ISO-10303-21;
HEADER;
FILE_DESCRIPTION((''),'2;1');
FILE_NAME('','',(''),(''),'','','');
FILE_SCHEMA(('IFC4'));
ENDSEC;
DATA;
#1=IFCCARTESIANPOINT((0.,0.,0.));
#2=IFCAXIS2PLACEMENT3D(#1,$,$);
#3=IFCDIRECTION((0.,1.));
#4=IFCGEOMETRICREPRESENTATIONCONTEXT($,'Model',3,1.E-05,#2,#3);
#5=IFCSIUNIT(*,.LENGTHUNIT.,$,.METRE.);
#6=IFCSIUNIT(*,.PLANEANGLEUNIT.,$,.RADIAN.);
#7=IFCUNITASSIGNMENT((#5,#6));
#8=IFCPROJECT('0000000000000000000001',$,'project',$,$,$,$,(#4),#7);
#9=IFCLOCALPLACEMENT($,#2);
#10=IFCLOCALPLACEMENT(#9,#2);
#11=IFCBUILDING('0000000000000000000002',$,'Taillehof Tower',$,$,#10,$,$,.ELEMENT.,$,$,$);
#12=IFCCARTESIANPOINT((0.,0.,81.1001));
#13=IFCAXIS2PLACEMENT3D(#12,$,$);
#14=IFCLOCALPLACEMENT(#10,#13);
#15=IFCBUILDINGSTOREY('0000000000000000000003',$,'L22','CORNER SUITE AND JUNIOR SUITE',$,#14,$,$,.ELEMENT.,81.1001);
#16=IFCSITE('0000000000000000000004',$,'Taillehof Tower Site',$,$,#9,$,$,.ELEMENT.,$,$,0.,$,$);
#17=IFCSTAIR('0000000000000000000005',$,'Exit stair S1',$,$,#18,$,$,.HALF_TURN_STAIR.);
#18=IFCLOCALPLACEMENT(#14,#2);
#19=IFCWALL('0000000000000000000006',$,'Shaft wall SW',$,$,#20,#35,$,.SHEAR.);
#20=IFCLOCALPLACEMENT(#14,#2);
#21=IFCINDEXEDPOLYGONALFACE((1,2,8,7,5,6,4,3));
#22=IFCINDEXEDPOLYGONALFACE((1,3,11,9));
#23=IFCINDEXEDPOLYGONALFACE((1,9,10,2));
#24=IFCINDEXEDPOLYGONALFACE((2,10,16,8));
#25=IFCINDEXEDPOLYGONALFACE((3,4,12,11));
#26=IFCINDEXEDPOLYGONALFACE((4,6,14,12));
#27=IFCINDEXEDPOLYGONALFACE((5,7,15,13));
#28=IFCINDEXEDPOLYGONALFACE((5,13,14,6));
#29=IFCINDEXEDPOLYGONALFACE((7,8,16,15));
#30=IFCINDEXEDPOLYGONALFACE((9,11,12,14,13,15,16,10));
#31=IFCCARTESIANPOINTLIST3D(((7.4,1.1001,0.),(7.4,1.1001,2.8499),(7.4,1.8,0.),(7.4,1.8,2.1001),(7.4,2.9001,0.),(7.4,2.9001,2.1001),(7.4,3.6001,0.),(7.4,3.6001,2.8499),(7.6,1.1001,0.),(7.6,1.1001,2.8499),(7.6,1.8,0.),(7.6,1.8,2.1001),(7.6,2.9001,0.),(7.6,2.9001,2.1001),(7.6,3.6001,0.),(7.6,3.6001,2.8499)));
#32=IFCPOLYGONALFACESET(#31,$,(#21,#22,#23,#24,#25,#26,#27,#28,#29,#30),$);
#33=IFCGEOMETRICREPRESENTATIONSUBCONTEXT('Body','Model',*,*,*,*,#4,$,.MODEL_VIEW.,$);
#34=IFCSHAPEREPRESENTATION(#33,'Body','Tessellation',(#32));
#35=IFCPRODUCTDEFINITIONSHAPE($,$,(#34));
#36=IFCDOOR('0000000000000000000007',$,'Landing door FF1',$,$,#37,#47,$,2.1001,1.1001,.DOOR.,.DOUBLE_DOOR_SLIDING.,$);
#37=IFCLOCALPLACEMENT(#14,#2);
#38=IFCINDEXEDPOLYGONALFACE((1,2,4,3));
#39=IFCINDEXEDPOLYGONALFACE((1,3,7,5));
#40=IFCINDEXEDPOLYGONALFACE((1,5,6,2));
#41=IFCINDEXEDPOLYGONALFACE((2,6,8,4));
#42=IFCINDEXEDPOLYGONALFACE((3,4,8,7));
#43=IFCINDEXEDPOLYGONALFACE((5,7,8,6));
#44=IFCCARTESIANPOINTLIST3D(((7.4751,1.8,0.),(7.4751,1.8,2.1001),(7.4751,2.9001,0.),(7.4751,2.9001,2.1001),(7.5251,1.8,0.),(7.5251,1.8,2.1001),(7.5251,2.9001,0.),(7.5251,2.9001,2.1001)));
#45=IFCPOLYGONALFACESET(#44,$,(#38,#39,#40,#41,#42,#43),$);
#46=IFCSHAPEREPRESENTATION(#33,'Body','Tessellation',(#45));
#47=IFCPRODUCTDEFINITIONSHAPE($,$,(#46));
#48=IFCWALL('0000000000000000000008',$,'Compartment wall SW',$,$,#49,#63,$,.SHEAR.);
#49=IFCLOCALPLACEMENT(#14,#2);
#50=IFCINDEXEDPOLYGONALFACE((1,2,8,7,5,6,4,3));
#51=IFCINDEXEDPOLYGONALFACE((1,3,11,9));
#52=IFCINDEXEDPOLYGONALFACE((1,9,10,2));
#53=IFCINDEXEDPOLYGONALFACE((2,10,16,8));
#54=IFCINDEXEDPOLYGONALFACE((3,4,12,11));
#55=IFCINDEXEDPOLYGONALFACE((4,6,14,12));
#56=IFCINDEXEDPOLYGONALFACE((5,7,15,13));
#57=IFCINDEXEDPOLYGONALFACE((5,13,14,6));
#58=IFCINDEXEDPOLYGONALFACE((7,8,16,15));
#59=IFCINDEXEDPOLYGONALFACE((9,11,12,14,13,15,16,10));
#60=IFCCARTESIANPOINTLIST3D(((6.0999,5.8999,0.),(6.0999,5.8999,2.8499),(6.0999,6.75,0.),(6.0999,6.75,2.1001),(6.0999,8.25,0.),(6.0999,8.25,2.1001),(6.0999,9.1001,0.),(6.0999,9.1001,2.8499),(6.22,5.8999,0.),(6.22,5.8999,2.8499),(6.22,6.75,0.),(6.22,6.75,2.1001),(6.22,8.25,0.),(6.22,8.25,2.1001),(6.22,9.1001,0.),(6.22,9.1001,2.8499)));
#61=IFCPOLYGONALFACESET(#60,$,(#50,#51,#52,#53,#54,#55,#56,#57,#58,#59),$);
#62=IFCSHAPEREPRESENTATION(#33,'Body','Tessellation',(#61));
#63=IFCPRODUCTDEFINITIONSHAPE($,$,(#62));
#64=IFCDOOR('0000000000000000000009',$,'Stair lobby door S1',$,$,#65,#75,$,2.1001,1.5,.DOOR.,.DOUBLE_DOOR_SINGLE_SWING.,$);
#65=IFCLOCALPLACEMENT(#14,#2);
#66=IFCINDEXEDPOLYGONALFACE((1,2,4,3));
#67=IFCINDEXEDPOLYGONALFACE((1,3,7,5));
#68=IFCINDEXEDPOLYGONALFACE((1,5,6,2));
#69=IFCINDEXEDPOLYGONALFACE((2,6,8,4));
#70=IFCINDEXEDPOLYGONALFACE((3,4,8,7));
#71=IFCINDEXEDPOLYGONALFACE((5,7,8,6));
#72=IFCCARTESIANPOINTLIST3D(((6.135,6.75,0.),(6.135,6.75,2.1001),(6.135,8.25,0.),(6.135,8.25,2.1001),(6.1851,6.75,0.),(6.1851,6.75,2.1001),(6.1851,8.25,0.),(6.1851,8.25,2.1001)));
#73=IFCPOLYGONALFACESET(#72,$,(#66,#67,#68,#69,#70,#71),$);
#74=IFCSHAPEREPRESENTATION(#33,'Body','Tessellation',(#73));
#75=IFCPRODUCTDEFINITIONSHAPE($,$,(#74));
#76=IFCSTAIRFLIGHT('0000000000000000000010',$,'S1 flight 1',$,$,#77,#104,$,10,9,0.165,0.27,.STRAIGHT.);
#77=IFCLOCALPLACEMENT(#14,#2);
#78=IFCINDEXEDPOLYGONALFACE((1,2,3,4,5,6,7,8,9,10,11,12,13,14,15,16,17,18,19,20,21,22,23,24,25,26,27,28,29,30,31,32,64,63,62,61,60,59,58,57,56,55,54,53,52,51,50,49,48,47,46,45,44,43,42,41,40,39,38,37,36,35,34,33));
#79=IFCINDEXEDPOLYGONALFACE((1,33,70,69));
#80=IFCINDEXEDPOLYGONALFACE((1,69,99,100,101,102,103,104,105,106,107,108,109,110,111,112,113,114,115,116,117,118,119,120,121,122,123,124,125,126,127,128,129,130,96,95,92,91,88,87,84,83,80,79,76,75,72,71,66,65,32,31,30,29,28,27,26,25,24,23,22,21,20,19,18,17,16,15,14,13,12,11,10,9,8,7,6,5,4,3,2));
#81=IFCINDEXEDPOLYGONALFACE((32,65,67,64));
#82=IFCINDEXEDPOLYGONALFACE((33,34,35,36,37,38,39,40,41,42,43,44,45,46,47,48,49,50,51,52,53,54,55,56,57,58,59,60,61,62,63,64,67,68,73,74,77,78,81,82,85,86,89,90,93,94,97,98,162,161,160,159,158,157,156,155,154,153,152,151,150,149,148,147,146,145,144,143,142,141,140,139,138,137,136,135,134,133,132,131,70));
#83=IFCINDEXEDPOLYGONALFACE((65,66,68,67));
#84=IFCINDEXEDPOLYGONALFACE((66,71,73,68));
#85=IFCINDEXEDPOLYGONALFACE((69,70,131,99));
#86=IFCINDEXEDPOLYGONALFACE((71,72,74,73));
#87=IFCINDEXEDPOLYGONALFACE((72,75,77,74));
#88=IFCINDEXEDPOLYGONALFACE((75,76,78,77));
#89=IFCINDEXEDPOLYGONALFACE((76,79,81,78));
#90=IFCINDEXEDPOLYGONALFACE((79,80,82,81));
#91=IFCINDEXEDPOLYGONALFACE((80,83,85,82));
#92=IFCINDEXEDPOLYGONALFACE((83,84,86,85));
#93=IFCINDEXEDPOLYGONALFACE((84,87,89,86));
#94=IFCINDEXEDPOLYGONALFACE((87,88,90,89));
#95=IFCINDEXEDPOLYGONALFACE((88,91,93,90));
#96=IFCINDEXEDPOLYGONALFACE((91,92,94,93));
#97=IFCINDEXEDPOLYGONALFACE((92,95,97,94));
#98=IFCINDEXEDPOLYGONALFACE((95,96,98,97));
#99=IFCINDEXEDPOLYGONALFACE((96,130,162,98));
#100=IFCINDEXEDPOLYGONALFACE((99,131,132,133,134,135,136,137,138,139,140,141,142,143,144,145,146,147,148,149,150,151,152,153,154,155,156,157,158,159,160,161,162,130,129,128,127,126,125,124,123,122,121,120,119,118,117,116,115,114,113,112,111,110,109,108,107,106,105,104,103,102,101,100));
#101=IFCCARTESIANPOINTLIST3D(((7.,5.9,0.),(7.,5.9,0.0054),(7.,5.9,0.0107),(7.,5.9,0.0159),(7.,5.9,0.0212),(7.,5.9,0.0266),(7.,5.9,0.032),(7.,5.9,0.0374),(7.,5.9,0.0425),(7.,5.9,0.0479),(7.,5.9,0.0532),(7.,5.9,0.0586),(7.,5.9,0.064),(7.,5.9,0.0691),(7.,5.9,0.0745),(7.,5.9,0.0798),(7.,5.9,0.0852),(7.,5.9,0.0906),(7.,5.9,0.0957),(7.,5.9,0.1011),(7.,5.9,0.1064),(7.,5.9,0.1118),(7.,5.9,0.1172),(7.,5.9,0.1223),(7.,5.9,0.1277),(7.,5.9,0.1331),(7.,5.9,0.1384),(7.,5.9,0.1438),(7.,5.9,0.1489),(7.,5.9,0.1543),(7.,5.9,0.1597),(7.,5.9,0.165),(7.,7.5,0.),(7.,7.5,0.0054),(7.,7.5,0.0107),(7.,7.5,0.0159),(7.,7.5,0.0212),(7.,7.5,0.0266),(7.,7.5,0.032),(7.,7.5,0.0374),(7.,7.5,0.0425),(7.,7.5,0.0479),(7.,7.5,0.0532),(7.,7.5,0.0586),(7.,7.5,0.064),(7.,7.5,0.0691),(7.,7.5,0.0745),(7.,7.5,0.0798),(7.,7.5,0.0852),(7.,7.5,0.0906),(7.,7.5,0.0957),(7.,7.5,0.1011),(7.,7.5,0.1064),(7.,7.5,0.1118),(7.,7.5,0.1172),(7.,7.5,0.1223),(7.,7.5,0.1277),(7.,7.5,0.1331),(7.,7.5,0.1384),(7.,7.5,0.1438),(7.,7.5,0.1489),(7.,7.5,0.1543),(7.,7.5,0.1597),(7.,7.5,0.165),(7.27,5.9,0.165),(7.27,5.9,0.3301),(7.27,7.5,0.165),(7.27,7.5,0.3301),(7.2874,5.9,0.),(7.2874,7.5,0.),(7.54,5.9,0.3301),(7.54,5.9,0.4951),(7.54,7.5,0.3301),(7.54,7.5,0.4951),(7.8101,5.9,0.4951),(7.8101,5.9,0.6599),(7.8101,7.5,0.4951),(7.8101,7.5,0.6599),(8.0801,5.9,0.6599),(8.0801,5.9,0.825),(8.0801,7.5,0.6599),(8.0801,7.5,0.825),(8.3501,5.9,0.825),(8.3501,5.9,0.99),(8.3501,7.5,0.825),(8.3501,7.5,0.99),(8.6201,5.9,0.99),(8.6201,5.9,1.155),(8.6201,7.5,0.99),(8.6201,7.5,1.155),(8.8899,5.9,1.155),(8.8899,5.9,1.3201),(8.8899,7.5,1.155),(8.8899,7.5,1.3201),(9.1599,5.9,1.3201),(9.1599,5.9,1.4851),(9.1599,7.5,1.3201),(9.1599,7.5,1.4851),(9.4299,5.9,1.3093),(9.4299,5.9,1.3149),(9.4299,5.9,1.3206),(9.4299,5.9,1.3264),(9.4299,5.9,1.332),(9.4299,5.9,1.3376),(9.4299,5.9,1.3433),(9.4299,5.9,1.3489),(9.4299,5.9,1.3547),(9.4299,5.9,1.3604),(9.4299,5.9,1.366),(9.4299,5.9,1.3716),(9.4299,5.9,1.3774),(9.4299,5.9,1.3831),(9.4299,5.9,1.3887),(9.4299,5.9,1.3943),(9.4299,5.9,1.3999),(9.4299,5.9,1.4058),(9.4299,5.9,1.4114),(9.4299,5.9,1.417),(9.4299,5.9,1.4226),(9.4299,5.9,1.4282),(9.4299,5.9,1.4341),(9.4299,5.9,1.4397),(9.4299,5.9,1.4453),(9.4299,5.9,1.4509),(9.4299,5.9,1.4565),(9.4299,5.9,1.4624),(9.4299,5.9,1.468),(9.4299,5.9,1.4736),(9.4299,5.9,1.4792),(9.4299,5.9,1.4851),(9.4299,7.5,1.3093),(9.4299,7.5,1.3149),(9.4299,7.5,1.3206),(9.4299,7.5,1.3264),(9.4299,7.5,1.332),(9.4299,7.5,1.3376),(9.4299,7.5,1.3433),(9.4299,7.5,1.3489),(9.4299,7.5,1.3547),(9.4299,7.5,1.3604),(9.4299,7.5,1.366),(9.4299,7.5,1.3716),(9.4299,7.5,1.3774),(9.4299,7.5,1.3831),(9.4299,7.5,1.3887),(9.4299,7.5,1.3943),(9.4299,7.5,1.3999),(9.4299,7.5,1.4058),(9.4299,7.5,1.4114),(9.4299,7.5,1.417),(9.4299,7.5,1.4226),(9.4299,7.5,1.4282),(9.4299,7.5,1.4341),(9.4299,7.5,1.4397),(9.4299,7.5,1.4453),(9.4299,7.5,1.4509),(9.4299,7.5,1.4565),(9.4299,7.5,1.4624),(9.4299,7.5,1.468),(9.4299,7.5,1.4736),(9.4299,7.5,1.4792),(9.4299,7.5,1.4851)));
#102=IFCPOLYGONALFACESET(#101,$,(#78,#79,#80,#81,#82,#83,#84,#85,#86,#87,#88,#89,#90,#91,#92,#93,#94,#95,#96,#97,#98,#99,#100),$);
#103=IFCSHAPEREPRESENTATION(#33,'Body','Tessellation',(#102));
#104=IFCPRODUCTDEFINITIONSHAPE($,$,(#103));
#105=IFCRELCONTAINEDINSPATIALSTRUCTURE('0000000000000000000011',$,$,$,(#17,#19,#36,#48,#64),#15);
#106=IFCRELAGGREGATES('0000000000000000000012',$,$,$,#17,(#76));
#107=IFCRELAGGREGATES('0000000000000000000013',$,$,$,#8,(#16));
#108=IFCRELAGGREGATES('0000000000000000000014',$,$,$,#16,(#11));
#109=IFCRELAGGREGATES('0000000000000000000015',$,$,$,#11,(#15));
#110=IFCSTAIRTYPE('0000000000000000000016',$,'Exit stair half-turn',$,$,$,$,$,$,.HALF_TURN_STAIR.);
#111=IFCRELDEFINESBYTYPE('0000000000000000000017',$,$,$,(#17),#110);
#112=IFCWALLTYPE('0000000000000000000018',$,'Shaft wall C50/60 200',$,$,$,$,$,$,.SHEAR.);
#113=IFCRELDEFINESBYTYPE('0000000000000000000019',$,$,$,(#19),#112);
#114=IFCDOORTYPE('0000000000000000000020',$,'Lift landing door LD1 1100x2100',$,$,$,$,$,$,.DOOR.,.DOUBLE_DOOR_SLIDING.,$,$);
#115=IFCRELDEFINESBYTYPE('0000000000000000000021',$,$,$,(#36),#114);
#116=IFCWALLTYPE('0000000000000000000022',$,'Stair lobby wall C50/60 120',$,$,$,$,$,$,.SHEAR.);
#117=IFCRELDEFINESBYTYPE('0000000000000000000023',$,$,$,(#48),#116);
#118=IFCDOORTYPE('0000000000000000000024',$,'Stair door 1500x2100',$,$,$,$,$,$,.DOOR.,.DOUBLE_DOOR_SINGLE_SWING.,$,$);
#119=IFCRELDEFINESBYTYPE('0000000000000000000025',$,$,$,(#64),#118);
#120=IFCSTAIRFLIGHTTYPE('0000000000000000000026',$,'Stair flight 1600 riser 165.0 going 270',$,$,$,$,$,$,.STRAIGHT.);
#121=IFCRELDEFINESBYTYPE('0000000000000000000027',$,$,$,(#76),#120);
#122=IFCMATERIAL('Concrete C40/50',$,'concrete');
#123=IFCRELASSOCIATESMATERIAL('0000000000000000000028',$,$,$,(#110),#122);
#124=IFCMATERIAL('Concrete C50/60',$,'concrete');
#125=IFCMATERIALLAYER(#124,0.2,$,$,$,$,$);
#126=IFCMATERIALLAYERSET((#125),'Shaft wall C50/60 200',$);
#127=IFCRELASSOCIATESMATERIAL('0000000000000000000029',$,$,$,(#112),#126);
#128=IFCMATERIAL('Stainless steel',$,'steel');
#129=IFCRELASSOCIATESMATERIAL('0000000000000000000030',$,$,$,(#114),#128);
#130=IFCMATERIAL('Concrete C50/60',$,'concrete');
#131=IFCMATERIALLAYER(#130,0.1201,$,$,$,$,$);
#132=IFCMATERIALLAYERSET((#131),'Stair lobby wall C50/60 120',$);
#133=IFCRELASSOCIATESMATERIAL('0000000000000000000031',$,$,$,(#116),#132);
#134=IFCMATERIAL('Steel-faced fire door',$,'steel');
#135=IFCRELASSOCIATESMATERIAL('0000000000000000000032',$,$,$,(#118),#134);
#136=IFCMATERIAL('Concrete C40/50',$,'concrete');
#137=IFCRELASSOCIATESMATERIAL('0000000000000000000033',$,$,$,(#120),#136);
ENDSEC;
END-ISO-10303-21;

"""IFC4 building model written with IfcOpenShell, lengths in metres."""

from ifc_helpers import new_model, si_unit, direction, frame, frame_2d, origin, place, context, subcontext, project, spatial, polyline, rectangle, outline, extrude, material, layer, layer_set, type_object, element, fill, aggregate, save


model = new_model("IFC4")

# Units and contexts
model_context = context("Model", 3, precision=1e-05, world=origin(), true_north=direction((0.0, 1.0)))
body_context = subcontext(model_context, "Body", "Model", "MODEL_VIEW")
ifc_project = project(units=[si_unit("LENGTHUNIT", "METRE"), si_unit("PLANEANGLEUNIT", "RADIAN")], contexts=[model_context])

# Site, building, storey
site_placement = place(None, origin())
site = spatial("IfcSite", under=ifc_project, at=site_placement, Name="Taillehof Tower Site", CompositionType="ELEMENT", RefElevation=0.0)
building_placement = place(site_placement, origin())
building = spatial("IfcBuilding", under=site, at=building_placement, Name="Taillehof Tower", CompositionType="ELEMENT")
storey_placement = place(building_placement, frame((0.0, 0.0, 81.1001)))
storey = spatial("IfcBuildingStorey", under=building, at=storey_placement, Name="L22", Description="CORNER SUITE AND JUNIOR SUITE", CompositionType="ELEMENT", Elevation=81.1001)

# Stair
ifc_material_1 = material(Name="Concrete C40/50", Category="concrete")
stair_type = type_object("IfcStairType", Name="Exit stair half-turn", PredefinedType="HALF_TURN_STAIR", material=ifc_material_1)
stair_1_placement = place(storey_placement, origin())
stair_1 = element("IfcStair", 1, at=stair_1_placement, inside=storey, type_object=stair_type, Name="Exit stair S1", PredefinedType="HALF_TURN_STAIR")

# Shared definitions
ifc_material_2 = material(Name="Concrete C50/60", Category="concrete")
ifc_layer_1 = layer(ifc_material_2, 0.2)
ifc_layer_set_1 = layer_set([ifc_layer_1], Name="Shaft wall C50/60 200")
wall_type_1 = type_object("IfcWallType", Name="Shaft wall C50/60 200", PredefinedType="SHEAR", material=ifc_layer_set_1)
ifc_material_3 = material(Name="Stainless steel", Category="steel")
door_type_1 = type_object("IfcDoorType", Name="Lift landing door LD1 1100x2100", OperationType="DOUBLE_DOOR_SLIDING", PredefinedType="DOOR", material=ifc_material_3)

# Walls, openings, doors
wall_1_placement = place(storey_placement, frame((7.5, 1.1001, 0.0), z_axis=(0.0, 0.0, 1.0), x_axis=(0.0, 1.0, 0.0)))
wall_1 = element("IfcWall", 2, at=wall_1_placement, inside=storey, type_object=wall_type_1, Name="Shaft wall SW", PredefinedType="SHEAR", context=body_context, shape_type="SweptSolid", body=[
    extrude(rectangle(XDim=2.5, YDim=0.2, at=frame_2d((1.25, 0.0))), origin(), (0.0, 0.0, 1.0), 2.8499),
])
opening_1_placement = place(wall_1_placement, frame((0.7, 0.0, 0.0)))
opening_1 = element("IfcOpeningElement", 3, at=opening_1_placement, cuts=wall_1, PredefinedType="OPENING", context=body_context, shape_type="SweptSolid", body=[
    extrude(rectangle(XDim=1.1001, YDim=2.1001, at=frame_2d((0.55, 1.05))), frame((0.0, 0.1099, 0.0), z_axis=(0.0, -1.0, 0.0), x_axis=(1.0, 0.0, 0.0)), (0.0, 0.0, 1.0), 0.22),
])
door_1_placement = place(opening_1_placement, origin())
door_1 = element("IfcDoor", 4, at=door_1_placement, inside=storey, type_object=door_type_1, Name="Landing door FF1", OperationType="DOUBLE_DOOR_SLIDING", OverallHeight=2.1001, OverallWidth=1.1001, PredefinedType="DOOR", context=body_context, shape_type="SweptSolid", body=[
    extrude(rectangle(XDim=1.1001, YDim=2.1001, at=frame_2d((0.55, 1.05))), frame((0.0, 0.0249, 0.0), z_axis=(0.0, -1.0, 0.0), x_axis=(1.0, 0.0, 0.0)), (0.0, 0.0, 1.0), 0.05),
])
fill(opening_1, door_1)
ifc_material_4 = material(Name="Concrete C50/60", Category="concrete")
ifc_layer_2 = layer(ifc_material_4, 0.1201)
ifc_layer_set_2 = layer_set([ifc_layer_2], Name="Stair lobby wall C50/60 120")
wall_type_2 = type_object("IfcWallType", Name="Stair lobby wall C50/60 120", PredefinedType="SHEAR", material=ifc_layer_set_2)
wall_2_placement = place(storey_placement, frame((6.1599, 5.8999, 0.0), z_axis=(0.0, 0.0, 1.0), x_axis=(0.0, 1.0, 0.0)))
wall_2 = element("IfcWall", 5, at=wall_2_placement, inside=storey, type_object=wall_type_2, Name="Compartment wall SW", PredefinedType="SHEAR", context=body_context, shape_type="SweptSolid", body=[
    extrude(rectangle(XDim=3.2002, YDim=0.1201, at=frame_2d((1.6001, 0.0))), origin(), (0.0, 0.0, 1.0), 2.8499),
])
opening_2_placement = place(wall_2_placement, frame((0.8501, 0.0, 0.0)))
opening_2 = element("IfcOpeningElement", 6, at=opening_2_placement, cuts=wall_2, PredefinedType="OPENING", context=body_context, shape_type="SweptSolid", body=[
    extrude(rectangle(XDim=1.5, YDim=2.1001, at=frame_2d((0.75, 1.05))), frame((0.0, 0.0701, 0.0), z_axis=(0.0, -1.0, 0.0), x_axis=(1.0, 0.0, 0.0)), (0.0, 0.0, 1.0), 0.1401),
])
ifc_material_5 = material(Name="Steel-faced fire door", Category="steel")
door_type_2 = type_object("IfcDoorType", Name="Stair door 1500x2100", OperationType="DOUBLE_DOOR_SINGLE_SWING", PredefinedType="DOOR", material=ifc_material_5)
door_2_placement = place(opening_2_placement, origin())
door_2 = element("IfcDoor", 7, at=door_2_placement, inside=storey, type_object=door_type_2, Name="Stair lobby door S1", OperationType="DOUBLE_DOOR_SINGLE_SWING", OverallHeight=2.1001, OverallWidth=1.5, PredefinedType="DOOR", context=body_context, shape_type="SweptSolid", body=[
    extrude(rectangle(XDim=1.5, YDim=2.1001, at=frame_2d((0.75, 1.05))), frame((0.0, 0.0249, 0.0), z_axis=(0.0, -1.0, 0.0), x_axis=(1.0, 0.0, 0.0)), (0.0, 0.0, 1.0), 0.05),
])
fill(opening_2, door_2)

# Stair flight
ifc_material_6 = material(Name="Concrete C40/50", Category="concrete")
stair_flight_type = type_object("IfcStairFlightType", Name="Stair flight 1600 riser 165.0 going 270", PredefinedType="STRAIGHT", material=ifc_material_6)
stair_flight_placement = place(storey_placement, frame((7.0, 6.7, 0.0), z_axis=(0.0, 0.0, 1.0), x_axis=(1.0, 0.0, 0.0)))
stair_flight = element("IfcStairFlight", 8, at=stair_flight_placement, type_object=stair_flight_type, Name="S1 flight 1", NumberOfRisers=10, NumberOfTreads=9, PredefinedType="STRAIGHT", RiserHeight=0.165, TreadLength=0.27, context=body_context, shape_type="SweptSolid", body=[
    extrude(outline(polyline([(0.0, 0.0), (0.0, 0.0054), (0.0, 0.0107), (0.0, 0.0159), (0.0, 0.0212), (0.0, 0.0266), (0.0, 0.032), (0.0, 0.0374), (0.0, 0.0425), (0.0, 0.0479), (0.0, 0.0532), (0.0, 0.0586), (0.0, 0.064), (0.0, 0.0691), (0.0, 0.0745), (0.0, 0.0798), (0.0, 0.0852), (0.0, 0.0906), (0.0, 0.0957), (0.0, 0.1011), (0.0, 0.1064), (0.0, 0.1118), (0.0, 0.1172), (0.0, 0.1223), (0.0, 0.1277), (0.0, 0.1331), (0.0, 0.1384), (0.0, 0.1438), (0.0, 0.1489), (0.0, 0.1543), (0.0, 0.1597), (0.0, 0.165), (0.27, 0.165), (0.27, 0.3301), (0.54, 0.3301), (0.54, 0.4951), (0.8101, 0.4951), (0.8101, 0.6599), (1.0801, 0.6599), (1.0801, 0.825), (1.3501, 0.825), (1.3501, 0.99), (1.6201, 0.99), (1.6201, 1.155), (1.8899, 1.155), (1.8899, 1.3201), (2.1599, 1.3201), (2.1599, 1.4851), (2.4299, 1.4851), (2.4299, 1.4792), (2.4299, 1.4736), (2.4299, 1.468), (2.4299, 1.4624), (2.4299, 1.4565), (2.4299, 1.4509), (2.4299, 1.4453), (2.4299, 1.4397), (2.4299, 1.4341), (2.4299, 1.4282), (2.4299, 1.4226), (2.4299, 1.417), (2.4299, 1.4114), (2.4299, 1.4058), (2.4299, 1.3999), (2.4299, 1.3943), (2.4299, 1.3887), (2.4299, 1.3831), (2.4299, 1.3774), (2.4299, 1.3716), (2.4299, 1.366), (2.4299, 1.3604), (2.4299, 1.3547), (2.4299, 1.3489), (2.4299, 1.3433), (2.4299, 1.3376), (2.4299, 1.332), (2.4299, 1.3264), (2.4299, 1.3206), (2.4299, 1.3149), (2.4299, 1.3093), (0.2874, 0.0), (0.0, 0.0)])), frame((0.0, 0.8, 0.0), z_axis=(0.0, -1.0, 0.0), x_axis=(1.0, 0.0, 0.0)), (0.0, 0.0, 1.0), 1.6),
])
aggregate(stair_1, [stair_flight])

save(model, "model.ifc")
